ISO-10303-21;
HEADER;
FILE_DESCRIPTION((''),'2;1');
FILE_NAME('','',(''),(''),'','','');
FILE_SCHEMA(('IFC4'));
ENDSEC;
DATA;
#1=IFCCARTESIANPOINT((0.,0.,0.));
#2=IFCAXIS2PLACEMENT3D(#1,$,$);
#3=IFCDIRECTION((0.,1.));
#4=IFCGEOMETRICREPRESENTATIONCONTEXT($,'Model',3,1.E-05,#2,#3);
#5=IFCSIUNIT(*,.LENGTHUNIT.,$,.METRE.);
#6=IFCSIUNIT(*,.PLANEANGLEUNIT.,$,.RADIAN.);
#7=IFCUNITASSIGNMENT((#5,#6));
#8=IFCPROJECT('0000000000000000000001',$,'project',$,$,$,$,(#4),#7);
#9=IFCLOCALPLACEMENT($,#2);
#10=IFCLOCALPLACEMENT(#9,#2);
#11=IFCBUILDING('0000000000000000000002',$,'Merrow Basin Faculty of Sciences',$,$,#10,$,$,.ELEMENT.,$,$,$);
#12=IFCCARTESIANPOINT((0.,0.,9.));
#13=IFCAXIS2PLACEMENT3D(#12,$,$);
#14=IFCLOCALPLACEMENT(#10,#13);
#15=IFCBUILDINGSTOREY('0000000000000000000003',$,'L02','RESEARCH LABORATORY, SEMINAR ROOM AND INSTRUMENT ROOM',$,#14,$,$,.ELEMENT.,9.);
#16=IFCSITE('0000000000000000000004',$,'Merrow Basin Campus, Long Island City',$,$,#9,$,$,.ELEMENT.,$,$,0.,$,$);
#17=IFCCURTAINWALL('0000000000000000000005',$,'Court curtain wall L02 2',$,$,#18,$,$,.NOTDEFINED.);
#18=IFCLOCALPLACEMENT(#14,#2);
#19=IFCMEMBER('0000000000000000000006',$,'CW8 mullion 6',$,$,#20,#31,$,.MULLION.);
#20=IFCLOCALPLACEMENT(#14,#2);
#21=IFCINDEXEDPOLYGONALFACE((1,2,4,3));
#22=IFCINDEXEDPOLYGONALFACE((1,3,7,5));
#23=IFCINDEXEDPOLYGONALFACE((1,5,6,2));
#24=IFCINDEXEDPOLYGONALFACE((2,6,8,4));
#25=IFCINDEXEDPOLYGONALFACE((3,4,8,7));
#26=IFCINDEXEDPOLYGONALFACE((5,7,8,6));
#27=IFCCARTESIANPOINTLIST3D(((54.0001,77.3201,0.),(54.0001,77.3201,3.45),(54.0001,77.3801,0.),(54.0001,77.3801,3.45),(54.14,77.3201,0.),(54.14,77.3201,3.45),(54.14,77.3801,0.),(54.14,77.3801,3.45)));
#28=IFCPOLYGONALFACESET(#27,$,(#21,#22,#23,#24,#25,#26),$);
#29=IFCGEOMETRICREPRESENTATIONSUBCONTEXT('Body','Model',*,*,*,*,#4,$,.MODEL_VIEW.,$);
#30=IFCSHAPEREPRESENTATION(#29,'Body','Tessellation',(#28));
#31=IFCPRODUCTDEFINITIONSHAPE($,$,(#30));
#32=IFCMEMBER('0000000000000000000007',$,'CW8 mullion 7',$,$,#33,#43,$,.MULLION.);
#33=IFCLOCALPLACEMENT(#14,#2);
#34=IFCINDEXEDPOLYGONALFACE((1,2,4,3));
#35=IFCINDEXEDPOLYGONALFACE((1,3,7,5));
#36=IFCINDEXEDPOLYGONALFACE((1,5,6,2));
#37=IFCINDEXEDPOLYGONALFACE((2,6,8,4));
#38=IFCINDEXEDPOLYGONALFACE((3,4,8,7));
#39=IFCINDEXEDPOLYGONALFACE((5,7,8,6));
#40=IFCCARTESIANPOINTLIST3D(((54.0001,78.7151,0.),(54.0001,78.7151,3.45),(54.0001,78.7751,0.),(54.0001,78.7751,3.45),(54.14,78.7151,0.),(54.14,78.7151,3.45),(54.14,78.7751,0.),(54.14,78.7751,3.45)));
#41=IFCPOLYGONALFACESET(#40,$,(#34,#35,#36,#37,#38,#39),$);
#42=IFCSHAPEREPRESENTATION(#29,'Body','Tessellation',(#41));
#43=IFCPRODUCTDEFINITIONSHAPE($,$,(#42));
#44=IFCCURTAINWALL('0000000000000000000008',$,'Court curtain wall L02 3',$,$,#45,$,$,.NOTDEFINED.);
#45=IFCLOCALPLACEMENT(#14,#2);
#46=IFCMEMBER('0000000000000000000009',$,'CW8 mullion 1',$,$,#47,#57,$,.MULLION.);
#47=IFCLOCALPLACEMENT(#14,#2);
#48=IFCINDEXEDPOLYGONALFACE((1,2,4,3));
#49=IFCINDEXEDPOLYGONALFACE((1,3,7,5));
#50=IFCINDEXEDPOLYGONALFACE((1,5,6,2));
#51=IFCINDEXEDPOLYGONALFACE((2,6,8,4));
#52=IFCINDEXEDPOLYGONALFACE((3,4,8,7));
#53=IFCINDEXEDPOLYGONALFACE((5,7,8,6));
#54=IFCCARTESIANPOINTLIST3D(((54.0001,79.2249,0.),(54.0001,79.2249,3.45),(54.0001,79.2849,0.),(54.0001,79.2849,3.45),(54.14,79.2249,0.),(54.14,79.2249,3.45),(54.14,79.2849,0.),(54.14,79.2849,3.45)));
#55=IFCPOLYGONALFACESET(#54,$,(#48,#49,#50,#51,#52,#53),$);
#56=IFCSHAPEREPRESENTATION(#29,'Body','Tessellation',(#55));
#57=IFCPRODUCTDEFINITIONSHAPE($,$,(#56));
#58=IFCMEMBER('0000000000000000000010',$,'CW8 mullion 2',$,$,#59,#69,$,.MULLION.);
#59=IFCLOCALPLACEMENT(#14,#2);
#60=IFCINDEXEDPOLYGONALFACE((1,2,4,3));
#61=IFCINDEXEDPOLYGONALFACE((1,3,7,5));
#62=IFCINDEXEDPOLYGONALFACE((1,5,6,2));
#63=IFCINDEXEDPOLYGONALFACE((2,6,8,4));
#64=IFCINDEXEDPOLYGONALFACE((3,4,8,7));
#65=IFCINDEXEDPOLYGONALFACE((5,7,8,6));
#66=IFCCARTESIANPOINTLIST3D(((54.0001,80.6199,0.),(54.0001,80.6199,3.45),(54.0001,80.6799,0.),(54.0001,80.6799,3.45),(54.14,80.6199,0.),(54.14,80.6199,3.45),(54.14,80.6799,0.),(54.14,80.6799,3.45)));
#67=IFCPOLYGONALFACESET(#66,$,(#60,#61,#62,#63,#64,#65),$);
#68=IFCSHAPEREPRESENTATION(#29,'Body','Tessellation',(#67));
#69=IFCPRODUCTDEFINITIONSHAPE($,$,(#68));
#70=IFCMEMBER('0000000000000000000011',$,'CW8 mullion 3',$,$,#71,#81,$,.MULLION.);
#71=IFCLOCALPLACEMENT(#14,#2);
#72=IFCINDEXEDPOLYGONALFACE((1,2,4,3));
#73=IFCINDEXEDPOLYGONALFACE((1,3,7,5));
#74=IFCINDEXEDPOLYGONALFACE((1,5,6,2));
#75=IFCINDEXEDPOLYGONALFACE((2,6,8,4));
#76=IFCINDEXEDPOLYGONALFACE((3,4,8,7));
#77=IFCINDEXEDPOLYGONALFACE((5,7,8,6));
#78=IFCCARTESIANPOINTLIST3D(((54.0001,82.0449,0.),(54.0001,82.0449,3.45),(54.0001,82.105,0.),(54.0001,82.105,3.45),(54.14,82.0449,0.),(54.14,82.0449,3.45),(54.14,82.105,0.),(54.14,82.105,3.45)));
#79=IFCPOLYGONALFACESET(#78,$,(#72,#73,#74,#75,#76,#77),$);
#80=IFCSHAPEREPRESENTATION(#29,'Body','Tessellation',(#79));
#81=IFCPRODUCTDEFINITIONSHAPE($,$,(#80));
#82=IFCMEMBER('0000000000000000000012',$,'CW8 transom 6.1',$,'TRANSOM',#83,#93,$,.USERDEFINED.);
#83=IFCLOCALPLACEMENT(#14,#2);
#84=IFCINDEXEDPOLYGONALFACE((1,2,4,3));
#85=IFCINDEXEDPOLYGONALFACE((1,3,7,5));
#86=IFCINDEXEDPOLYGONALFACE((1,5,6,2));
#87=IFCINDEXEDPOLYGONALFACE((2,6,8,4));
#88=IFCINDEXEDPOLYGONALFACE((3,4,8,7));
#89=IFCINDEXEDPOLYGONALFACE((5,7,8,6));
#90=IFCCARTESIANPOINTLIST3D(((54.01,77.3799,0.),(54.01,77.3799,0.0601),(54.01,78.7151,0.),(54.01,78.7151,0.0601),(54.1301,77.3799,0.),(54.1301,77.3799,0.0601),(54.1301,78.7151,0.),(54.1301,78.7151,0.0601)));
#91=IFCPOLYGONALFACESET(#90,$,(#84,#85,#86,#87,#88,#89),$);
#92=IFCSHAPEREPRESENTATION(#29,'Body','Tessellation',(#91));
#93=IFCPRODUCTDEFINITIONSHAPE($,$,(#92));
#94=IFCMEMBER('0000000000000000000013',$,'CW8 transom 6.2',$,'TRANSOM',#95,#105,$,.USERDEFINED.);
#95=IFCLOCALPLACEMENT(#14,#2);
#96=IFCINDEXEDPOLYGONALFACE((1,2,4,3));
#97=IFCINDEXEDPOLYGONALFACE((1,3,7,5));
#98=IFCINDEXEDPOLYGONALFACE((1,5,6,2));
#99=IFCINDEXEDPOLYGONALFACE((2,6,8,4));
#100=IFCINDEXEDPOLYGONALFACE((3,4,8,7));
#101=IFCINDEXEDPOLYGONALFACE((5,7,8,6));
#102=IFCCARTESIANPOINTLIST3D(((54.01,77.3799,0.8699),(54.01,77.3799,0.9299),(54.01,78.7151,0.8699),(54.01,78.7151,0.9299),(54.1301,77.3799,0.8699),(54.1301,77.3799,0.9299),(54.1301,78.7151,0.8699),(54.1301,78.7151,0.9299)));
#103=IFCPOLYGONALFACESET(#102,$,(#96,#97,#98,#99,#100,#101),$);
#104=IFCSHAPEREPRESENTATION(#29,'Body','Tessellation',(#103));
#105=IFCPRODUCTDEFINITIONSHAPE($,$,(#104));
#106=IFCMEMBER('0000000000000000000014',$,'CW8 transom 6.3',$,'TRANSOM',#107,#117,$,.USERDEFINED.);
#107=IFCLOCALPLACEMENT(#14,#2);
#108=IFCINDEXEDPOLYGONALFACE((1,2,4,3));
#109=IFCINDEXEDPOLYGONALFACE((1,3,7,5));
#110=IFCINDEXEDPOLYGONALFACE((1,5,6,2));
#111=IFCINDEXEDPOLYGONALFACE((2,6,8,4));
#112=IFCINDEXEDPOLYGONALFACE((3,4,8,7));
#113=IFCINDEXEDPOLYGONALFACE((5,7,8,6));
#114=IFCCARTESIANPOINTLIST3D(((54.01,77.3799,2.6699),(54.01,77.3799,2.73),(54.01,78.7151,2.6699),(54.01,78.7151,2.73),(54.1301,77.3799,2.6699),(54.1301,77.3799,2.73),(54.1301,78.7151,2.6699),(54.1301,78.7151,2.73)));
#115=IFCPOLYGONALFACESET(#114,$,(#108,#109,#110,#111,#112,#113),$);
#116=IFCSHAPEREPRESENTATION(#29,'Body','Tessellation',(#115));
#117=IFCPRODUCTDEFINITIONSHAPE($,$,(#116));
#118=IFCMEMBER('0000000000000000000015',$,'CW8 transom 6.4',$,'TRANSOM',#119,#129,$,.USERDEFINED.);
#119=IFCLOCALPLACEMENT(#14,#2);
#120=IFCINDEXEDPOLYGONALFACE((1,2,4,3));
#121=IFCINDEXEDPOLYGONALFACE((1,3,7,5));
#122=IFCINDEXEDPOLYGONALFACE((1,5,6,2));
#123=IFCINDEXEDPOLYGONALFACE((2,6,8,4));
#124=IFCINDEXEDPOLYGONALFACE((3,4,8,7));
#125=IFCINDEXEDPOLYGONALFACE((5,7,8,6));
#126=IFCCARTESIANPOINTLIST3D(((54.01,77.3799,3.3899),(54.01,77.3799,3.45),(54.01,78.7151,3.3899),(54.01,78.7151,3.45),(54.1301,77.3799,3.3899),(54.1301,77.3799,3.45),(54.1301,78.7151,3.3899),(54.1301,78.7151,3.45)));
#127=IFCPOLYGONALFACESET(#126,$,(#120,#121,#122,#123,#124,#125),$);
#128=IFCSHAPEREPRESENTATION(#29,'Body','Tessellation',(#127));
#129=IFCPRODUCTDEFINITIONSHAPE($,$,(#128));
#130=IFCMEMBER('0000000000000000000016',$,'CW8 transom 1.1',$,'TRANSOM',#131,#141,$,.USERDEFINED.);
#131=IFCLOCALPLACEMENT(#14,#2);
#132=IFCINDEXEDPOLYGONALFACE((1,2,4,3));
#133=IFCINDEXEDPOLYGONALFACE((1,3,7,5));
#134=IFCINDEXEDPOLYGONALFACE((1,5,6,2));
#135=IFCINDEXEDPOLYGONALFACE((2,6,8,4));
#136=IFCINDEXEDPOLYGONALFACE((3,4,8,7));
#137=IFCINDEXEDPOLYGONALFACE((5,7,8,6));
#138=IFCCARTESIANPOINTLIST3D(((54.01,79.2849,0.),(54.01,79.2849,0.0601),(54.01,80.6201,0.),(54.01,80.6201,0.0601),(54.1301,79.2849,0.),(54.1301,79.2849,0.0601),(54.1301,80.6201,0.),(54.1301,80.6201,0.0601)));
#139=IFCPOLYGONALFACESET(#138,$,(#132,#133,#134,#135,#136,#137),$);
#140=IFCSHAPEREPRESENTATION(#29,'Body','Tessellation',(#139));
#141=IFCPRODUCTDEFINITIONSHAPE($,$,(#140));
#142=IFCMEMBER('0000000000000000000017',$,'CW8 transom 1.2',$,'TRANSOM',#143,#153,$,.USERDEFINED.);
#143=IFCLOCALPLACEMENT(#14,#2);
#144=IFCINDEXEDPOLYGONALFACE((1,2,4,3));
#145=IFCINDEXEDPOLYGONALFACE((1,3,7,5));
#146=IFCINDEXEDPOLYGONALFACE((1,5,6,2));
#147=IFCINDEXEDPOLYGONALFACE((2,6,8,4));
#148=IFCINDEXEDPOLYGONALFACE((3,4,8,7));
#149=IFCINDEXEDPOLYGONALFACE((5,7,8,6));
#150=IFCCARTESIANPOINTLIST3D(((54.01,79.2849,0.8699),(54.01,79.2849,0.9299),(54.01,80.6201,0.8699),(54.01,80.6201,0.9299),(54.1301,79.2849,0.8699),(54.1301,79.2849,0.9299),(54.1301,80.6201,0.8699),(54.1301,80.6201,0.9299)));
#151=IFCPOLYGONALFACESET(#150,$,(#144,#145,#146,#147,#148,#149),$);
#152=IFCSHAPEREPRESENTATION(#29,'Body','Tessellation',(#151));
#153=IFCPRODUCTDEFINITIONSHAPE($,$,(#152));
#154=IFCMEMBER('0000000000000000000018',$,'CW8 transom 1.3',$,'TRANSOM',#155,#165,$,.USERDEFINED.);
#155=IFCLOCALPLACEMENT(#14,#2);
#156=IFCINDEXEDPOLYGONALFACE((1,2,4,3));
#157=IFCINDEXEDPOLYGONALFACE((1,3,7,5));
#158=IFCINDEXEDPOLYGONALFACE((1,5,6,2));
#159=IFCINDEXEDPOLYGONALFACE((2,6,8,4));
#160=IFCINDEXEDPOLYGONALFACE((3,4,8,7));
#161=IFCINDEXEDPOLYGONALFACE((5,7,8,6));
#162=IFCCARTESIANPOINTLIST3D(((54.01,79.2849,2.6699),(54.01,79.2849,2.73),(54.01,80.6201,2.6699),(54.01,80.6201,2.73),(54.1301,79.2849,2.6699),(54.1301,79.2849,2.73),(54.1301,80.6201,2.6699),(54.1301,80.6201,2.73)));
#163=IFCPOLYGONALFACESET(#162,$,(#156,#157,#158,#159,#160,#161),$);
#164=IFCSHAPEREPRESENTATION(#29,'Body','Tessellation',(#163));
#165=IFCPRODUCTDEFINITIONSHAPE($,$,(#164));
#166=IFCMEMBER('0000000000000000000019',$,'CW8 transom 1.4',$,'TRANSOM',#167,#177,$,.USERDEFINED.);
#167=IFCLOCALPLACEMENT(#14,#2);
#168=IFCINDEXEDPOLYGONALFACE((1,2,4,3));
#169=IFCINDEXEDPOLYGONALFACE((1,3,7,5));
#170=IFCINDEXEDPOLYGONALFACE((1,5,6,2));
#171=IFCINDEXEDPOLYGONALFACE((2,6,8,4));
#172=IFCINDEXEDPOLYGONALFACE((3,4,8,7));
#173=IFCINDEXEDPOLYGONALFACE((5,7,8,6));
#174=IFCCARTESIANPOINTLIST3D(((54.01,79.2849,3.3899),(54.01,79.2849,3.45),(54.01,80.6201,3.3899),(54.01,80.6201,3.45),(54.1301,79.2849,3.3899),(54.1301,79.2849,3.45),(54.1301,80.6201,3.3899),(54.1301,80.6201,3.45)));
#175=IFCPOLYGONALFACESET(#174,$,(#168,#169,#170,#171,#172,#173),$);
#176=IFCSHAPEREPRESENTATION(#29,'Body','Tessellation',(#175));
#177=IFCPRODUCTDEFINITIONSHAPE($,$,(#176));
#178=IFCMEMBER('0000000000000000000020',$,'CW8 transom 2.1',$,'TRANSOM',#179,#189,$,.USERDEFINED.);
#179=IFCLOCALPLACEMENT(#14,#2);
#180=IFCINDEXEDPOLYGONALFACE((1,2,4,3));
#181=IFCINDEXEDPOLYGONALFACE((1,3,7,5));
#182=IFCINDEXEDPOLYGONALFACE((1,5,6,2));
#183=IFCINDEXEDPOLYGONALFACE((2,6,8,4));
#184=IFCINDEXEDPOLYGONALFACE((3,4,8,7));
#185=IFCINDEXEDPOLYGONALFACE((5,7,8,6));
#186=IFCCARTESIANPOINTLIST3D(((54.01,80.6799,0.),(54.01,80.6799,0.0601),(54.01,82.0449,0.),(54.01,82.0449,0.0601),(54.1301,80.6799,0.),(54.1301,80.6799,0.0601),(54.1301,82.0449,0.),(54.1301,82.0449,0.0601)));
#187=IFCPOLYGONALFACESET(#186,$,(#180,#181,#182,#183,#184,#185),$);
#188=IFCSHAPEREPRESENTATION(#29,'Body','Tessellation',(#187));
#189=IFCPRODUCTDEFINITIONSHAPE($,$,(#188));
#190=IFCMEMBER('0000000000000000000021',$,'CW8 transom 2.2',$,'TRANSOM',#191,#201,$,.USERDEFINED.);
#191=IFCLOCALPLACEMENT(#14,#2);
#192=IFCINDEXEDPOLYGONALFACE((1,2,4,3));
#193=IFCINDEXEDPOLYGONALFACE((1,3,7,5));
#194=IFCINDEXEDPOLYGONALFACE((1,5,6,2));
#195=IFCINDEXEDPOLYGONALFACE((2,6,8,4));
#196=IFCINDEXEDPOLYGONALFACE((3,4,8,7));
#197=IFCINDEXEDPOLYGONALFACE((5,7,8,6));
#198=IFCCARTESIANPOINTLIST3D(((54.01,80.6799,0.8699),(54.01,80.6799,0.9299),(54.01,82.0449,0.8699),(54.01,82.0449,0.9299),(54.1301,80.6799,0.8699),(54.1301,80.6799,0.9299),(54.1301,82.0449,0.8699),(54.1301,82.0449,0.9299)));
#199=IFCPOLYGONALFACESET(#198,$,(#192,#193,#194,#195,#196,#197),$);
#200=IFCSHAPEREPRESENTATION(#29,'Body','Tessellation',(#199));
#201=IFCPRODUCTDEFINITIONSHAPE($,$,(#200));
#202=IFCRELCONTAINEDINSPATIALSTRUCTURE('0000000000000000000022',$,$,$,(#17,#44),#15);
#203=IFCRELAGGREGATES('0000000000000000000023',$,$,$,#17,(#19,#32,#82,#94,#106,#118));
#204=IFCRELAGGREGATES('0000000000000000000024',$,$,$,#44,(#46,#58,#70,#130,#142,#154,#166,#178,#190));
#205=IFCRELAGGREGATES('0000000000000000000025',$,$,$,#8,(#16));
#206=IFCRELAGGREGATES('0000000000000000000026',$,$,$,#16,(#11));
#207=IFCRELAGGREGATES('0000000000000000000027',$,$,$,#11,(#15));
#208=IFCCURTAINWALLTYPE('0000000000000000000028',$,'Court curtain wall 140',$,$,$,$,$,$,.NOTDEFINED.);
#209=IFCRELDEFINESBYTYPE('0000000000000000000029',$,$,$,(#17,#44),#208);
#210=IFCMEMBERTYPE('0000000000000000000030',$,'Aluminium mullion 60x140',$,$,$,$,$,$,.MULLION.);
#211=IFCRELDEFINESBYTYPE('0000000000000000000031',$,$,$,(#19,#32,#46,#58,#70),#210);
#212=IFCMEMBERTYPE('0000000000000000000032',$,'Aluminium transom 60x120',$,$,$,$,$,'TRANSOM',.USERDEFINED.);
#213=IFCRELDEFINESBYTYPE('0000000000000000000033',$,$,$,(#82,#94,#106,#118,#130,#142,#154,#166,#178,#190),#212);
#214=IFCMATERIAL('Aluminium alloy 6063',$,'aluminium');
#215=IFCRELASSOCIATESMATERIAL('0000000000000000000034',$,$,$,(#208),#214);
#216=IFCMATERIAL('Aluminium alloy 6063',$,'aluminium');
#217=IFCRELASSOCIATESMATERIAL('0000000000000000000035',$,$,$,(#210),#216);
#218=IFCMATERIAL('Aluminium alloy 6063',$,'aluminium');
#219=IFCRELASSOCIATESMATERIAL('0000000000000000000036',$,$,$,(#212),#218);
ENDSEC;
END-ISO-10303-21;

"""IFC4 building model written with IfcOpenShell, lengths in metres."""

from ifc_helpers import new_model, si_unit, direction, frame, origin, origin_2d, place, context, subcontext, project, spatial, rectangle, extrude, material, material_profile, profile_set, type_object, element, aggregate, save


model = new_model("IFC4")

# Units and contexts
model_context = context("Model", 3, precision=1e-05, world=origin(), true_north=direction((0.0, 1.0)))
body_context = subcontext(model_context, "Body", "Model", "MODEL_VIEW")
ifc_project = project(units=[si_unit("LENGTHUNIT", "METRE"), si_unit("PLANEANGLEUNIT", "RADIAN")], contexts=[model_context])

# Site, building, storey
site_placement = place(None, origin())
site = spatial("IfcSite", under=ifc_project, at=site_placement, Name="Merrow Basin Campus, Long Island City", CompositionType="ELEMENT", RefElevation=0.0)
building_placement = place(site_placement, origin())
building = spatial("IfcBuilding", under=site, at=building_placement, Name="Merrow Basin Faculty of Sciences", CompositionType="ELEMENT")
storey_placement = place(building_placement, frame((0.0, 0.0, 9.0)))
storey = spatial("IfcBuildingStorey", under=building, at=storey_placement, Name="L02", Description="RESEARCH LABORATORY, SEMINAR ROOM AND INSTRUMENT ROOM", CompositionType="ELEMENT", Elevation=9.0)

# Curtain walls, members
ifc_material_1 = material(Name="Aluminium alloy 6063", Category="aluminium")
curtain_wall_type = type_object("IfcCurtainWallType", Name="Court curtain wall 140", PredefinedType="NOTDEFINED", material=ifc_material_1)
curtain_wall_1_placement = place(storey_placement, origin())
curtain_wall_1 = element("IfcCurtainWall", 1, at=curtain_wall_1_placement, inside=storey, type_object=curtain_wall_type, Name="Court curtain wall L02 2", PredefinedType="NOTDEFINED")
ifc_material_2 = material(Name="Aluminium alloy 6063", Category="aluminium")
ifc_material_profile_1 = material_profile(ifc_material_2, rectangle(XDim=0.1399, YDim=0.0601, at=origin_2d()))
ifc_profile_set_1 = profile_set([ifc_material_profile_1], Name="Aluminium alloy 6063")
member_type_1 = type_object("IfcMemberType", Name="Aluminium mullion 60x140", PredefinedType="MULLION", material=ifc_profile_set_1)
member_1_placement = place(storey_placement, frame((54.0701, 77.3501, 0.0), z_axis=(0.0, 0.0, 1.0), x_axis=(-1.0, 0.0, 0.0)))
member_1 = element("IfcMember", 2, at=member_1_placement, type_object=member_type_1, Name="CW8 mullion 6", PredefinedType="MULLION", context=body_context, shape_type="SweptSolid", body=[
    extrude(rectangle(XDim=0.1399, YDim=0.0601, at=origin_2d()), origin(), (0.0, 0.0, 1.0), 3.45),
])
member_2_placement = place(storey_placement, frame((54.0701, 78.7451, 0.0), z_axis=(0.0, 0.0, 1.0), x_axis=(-1.0, 0.0, 0.0)))
member_2 = element("IfcMember", 3, at=member_2_placement, type_object=member_type_1, Name="CW8 mullion 7", PredefinedType="MULLION", context=body_context, shape_type="SweptSolid", body=[
    extrude(rectangle(XDim=0.1399, YDim=0.0601, at=origin_2d()), origin(), (0.0, 0.0, 1.0), 3.45),
])
curtain_wall_2_placement = place(storey_placement, origin())
curtain_wall_2 = element("IfcCurtainWall", 4, at=curtain_wall_2_placement, inside=storey, type_object=curtain_wall_type, Name="Court curtain wall L02 3", PredefinedType="NOTDEFINED")
member_3_placement = place(storey_placement, frame((54.0701, 79.2549, 0.0), z_axis=(0.0, 0.0, 1.0), x_axis=(-1.0, 0.0, 0.0)))
member_3 = element("IfcMember", 5, at=member_3_placement, type_object=member_type_1, Name="CW8 mullion 1", PredefinedType="MULLION", context=body_context, shape_type="SweptSolid", body=[
    extrude(rectangle(XDim=0.1399, YDim=0.0601, at=origin_2d()), origin(), (0.0, 0.0, 1.0), 3.45),
])
member_4_placement = place(storey_placement, frame((54.0701, 80.6499, 0.0), z_axis=(0.0, 0.0, 1.0), x_axis=(-1.0, 0.0, 0.0)))
member_4 = element("IfcMember", 6, at=member_4_placement, type_object=member_type_1, Name="CW8 mullion 2", PredefinedType="MULLION", context=body_context, shape_type="SweptSolid", body=[
    extrude(rectangle(XDim=0.1399, YDim=0.0601, at=origin_2d()), origin(), (0.0, 0.0, 1.0), 3.45),
])
member_5_placement = place(storey_placement, frame((54.0701, 82.075, 0.0), z_axis=(0.0, 0.0, 1.0), x_axis=(-1.0, 0.0, 0.0)))
member_5 = element("IfcMember", 7, at=member_5_placement, type_object=member_type_1, Name="CW8 mullion 3", PredefinedType="MULLION", context=body_context, shape_type="SweptSolid", body=[
    extrude(rectangle(XDim=0.1399, YDim=0.0601, at=origin_2d()), origin(), (0.0, 0.0, 1.0), 3.45),
])

# Members
ifc_material_3 = material(Name="Aluminium alloy 6063", Category="aluminium")
ifc_material_profile_2 = material_profile(ifc_material_3, rectangle(XDim=0.1201, YDim=0.0601, at=origin_2d()))
ifc_profile_set_2 = profile_set([ifc_material_profile_2], Name="Aluminium alloy 6063")
member_type_2 = type_object("IfcMemberType", Name="Aluminium transom 60x120", ElementType="TRANSOM", PredefinedType="USERDEFINED", material=ifc_profile_set_2)
member_6_placement = place(storey_placement, frame((54.0701, 77.3799, 0.03), z_axis=(0.0, 1.0, 0.0), x_axis=(-1.0, 0.0, 0.0)))
member_6 = element("IfcMember", 8, at=member_6_placement, type_object=member_type_2, Name="CW8 transom 6.1", ObjectType="TRANSOM", PredefinedType="USERDEFINED", context=body_context, shape_type="SweptSolid", body=[
    extrude(rectangle(XDim=0.1201, YDim=0.0601, at=origin_2d()), origin(), (0.0, 0.0, 1.0), 1.3352),
])
member_7_placement = place(storey_placement, frame((54.0701, 77.3799, 0.8999), z_axis=(0.0, 1.0, 0.0), x_axis=(-1.0, 0.0, 0.0)))
member_7 = element("IfcMember", 9, at=member_7_placement, type_object=member_type_2, Name="CW8 transom 6.2", ObjectType="TRANSOM", PredefinedType="USERDEFINED", context=body_context, shape_type="SweptSolid", body=[
    extrude(rectangle(XDim=0.1201, YDim=0.0601, at=origin_2d()), origin(), (0.0, 0.0, 1.0), 1.3352),
])
member_8_placement = place(storey_placement, frame((54.0701, 77.3799, 2.7), z_axis=(0.0, 1.0, 0.0), x_axis=(-1.0, 0.0, 0.0)))
member_8 = element("IfcMember", 10, at=member_8_placement, type_object=member_type_2, Name="CW8 transom 6.3", ObjectType="TRANSOM", PredefinedType="USERDEFINED", context=body_context, shape_type="SweptSolid", body=[
    extrude(rectangle(XDim=0.1201, YDim=0.0601, at=origin_2d()), origin(), (0.0, 0.0, 1.0), 1.3352),
])
member_9_placement = place(storey_placement, frame((54.0701, 77.3799, 3.4199), z_axis=(0.0, 1.0, 0.0), x_axis=(-1.0, 0.0, 0.0)))
member_9 = element("IfcMember", 11, at=member_9_placement, type_object=member_type_2, Name="CW8 transom 6.4", ObjectType="TRANSOM", PredefinedType="USERDEFINED", context=body_context, shape_type="SweptSolid", body=[
    extrude(rectangle(XDim=0.1201, YDim=0.0601, at=origin_2d()), origin(), (0.0, 0.0, 1.0), 1.3352),
])
member_10_placement = place(storey_placement, frame((54.0701, 79.2849, 0.03), z_axis=(0.0, 1.0, 0.0), x_axis=(-1.0, 0.0, 0.0)))
member_10 = element("IfcMember", 12, at=member_10_placement, type_object=member_type_2, Name="CW8 transom 1.1", ObjectType="TRANSOM", PredefinedType="USERDEFINED", context=body_context, shape_type="SweptSolid", body=[
    extrude(rectangle(XDim=0.1201, YDim=0.0601, at=origin_2d()), origin(), (0.0, 0.0, 1.0), 1.3352),
])
member_11_placement = place(storey_placement, frame((54.0701, 79.2849, 0.8999), z_axis=(0.0, 1.0, 0.0), x_axis=(-1.0, 0.0, 0.0)))
member_11 = element("IfcMember", 13, at=member_11_placement, type_object=member_type_2, Name="CW8 transom 1.2", ObjectType="TRANSOM", PredefinedType="USERDEFINED", context=body_context, shape_type="SweptSolid", body=[
    extrude(rectangle(XDim=0.1201, YDim=0.0601, at=origin_2d()), origin(), (0.0, 0.0, 1.0), 1.3352),
])
member_12_placement = place(storey_placement, frame((54.0701, 79.2849, 2.7), z_axis=(0.0, 1.0, 0.0), x_axis=(-1.0, 0.0, 0.0)))
member_12 = element("IfcMember", 14, at=member_12_placement, type_object=member_type_2, Name="CW8 transom 1.3", ObjectType="TRANSOM", PredefinedType="USERDEFINED", context=body_context, shape_type="SweptSolid", body=[
    extrude(rectangle(XDim=0.1201, YDim=0.0601, at=origin_2d()), origin(), (0.0, 0.0, 1.0), 1.3352),
])
member_13_placement = place(storey_placement, frame((54.0701, 79.2849, 3.4199), z_axis=(0.0, 1.0, 0.0), x_axis=(-1.0, 0.0, 0.0)))
member_13 = element("IfcMember", 15, at=member_13_placement, type_object=member_type_2, Name="CW8 transom 1.4", ObjectType="TRANSOM", PredefinedType="USERDEFINED", context=body_context, shape_type="SweptSolid", body=[
    extrude(rectangle(XDim=0.1201, YDim=0.0601, at=origin_2d()), origin(), (0.0, 0.0, 1.0), 1.3352),
])
member_14_placement = place(storey_placement, frame((54.0701, 80.6799, 0.03), z_axis=(0.0, 1.0, 0.0), x_axis=(-1.0, 0.0, 0.0)))
member_14 = element("IfcMember", 16, at=member_14_placement, type_object=member_type_2, Name="CW8 transom 2.1", ObjectType="TRANSOM", PredefinedType="USERDEFINED", context=body_context, shape_type="SweptSolid", body=[
    extrude(rectangle(XDim=0.1201, YDim=0.0601, at=origin_2d()), origin(), (0.0, 0.0, 1.0), 1.365),
])
member_15_placement = place(storey_placement, frame((54.0701, 80.6799, 0.8999), z_axis=(0.0, 1.0, 0.0), x_axis=(-1.0, 0.0, 0.0)))
member_15 = element("IfcMember", 17, at=member_15_placement, type_object=member_type_2, Name="CW8 transom 2.2", ObjectType="TRANSOM", PredefinedType="USERDEFINED", context=body_context, shape_type="SweptSolid", body=[
    extrude(rectangle(XDim=0.1201, YDim=0.0601, at=origin_2d()), origin(), (0.0, 0.0, 1.0), 1.365),
])

aggregate(curtain_wall_1, [member_1, member_2, member_6, member_7, member_8, member_9])
aggregate(curtain_wall_2, [member_3, member_4, member_5, member_10, member_11, member_12, member_13, member_14, member_15])

save(model, "model.ifc")
